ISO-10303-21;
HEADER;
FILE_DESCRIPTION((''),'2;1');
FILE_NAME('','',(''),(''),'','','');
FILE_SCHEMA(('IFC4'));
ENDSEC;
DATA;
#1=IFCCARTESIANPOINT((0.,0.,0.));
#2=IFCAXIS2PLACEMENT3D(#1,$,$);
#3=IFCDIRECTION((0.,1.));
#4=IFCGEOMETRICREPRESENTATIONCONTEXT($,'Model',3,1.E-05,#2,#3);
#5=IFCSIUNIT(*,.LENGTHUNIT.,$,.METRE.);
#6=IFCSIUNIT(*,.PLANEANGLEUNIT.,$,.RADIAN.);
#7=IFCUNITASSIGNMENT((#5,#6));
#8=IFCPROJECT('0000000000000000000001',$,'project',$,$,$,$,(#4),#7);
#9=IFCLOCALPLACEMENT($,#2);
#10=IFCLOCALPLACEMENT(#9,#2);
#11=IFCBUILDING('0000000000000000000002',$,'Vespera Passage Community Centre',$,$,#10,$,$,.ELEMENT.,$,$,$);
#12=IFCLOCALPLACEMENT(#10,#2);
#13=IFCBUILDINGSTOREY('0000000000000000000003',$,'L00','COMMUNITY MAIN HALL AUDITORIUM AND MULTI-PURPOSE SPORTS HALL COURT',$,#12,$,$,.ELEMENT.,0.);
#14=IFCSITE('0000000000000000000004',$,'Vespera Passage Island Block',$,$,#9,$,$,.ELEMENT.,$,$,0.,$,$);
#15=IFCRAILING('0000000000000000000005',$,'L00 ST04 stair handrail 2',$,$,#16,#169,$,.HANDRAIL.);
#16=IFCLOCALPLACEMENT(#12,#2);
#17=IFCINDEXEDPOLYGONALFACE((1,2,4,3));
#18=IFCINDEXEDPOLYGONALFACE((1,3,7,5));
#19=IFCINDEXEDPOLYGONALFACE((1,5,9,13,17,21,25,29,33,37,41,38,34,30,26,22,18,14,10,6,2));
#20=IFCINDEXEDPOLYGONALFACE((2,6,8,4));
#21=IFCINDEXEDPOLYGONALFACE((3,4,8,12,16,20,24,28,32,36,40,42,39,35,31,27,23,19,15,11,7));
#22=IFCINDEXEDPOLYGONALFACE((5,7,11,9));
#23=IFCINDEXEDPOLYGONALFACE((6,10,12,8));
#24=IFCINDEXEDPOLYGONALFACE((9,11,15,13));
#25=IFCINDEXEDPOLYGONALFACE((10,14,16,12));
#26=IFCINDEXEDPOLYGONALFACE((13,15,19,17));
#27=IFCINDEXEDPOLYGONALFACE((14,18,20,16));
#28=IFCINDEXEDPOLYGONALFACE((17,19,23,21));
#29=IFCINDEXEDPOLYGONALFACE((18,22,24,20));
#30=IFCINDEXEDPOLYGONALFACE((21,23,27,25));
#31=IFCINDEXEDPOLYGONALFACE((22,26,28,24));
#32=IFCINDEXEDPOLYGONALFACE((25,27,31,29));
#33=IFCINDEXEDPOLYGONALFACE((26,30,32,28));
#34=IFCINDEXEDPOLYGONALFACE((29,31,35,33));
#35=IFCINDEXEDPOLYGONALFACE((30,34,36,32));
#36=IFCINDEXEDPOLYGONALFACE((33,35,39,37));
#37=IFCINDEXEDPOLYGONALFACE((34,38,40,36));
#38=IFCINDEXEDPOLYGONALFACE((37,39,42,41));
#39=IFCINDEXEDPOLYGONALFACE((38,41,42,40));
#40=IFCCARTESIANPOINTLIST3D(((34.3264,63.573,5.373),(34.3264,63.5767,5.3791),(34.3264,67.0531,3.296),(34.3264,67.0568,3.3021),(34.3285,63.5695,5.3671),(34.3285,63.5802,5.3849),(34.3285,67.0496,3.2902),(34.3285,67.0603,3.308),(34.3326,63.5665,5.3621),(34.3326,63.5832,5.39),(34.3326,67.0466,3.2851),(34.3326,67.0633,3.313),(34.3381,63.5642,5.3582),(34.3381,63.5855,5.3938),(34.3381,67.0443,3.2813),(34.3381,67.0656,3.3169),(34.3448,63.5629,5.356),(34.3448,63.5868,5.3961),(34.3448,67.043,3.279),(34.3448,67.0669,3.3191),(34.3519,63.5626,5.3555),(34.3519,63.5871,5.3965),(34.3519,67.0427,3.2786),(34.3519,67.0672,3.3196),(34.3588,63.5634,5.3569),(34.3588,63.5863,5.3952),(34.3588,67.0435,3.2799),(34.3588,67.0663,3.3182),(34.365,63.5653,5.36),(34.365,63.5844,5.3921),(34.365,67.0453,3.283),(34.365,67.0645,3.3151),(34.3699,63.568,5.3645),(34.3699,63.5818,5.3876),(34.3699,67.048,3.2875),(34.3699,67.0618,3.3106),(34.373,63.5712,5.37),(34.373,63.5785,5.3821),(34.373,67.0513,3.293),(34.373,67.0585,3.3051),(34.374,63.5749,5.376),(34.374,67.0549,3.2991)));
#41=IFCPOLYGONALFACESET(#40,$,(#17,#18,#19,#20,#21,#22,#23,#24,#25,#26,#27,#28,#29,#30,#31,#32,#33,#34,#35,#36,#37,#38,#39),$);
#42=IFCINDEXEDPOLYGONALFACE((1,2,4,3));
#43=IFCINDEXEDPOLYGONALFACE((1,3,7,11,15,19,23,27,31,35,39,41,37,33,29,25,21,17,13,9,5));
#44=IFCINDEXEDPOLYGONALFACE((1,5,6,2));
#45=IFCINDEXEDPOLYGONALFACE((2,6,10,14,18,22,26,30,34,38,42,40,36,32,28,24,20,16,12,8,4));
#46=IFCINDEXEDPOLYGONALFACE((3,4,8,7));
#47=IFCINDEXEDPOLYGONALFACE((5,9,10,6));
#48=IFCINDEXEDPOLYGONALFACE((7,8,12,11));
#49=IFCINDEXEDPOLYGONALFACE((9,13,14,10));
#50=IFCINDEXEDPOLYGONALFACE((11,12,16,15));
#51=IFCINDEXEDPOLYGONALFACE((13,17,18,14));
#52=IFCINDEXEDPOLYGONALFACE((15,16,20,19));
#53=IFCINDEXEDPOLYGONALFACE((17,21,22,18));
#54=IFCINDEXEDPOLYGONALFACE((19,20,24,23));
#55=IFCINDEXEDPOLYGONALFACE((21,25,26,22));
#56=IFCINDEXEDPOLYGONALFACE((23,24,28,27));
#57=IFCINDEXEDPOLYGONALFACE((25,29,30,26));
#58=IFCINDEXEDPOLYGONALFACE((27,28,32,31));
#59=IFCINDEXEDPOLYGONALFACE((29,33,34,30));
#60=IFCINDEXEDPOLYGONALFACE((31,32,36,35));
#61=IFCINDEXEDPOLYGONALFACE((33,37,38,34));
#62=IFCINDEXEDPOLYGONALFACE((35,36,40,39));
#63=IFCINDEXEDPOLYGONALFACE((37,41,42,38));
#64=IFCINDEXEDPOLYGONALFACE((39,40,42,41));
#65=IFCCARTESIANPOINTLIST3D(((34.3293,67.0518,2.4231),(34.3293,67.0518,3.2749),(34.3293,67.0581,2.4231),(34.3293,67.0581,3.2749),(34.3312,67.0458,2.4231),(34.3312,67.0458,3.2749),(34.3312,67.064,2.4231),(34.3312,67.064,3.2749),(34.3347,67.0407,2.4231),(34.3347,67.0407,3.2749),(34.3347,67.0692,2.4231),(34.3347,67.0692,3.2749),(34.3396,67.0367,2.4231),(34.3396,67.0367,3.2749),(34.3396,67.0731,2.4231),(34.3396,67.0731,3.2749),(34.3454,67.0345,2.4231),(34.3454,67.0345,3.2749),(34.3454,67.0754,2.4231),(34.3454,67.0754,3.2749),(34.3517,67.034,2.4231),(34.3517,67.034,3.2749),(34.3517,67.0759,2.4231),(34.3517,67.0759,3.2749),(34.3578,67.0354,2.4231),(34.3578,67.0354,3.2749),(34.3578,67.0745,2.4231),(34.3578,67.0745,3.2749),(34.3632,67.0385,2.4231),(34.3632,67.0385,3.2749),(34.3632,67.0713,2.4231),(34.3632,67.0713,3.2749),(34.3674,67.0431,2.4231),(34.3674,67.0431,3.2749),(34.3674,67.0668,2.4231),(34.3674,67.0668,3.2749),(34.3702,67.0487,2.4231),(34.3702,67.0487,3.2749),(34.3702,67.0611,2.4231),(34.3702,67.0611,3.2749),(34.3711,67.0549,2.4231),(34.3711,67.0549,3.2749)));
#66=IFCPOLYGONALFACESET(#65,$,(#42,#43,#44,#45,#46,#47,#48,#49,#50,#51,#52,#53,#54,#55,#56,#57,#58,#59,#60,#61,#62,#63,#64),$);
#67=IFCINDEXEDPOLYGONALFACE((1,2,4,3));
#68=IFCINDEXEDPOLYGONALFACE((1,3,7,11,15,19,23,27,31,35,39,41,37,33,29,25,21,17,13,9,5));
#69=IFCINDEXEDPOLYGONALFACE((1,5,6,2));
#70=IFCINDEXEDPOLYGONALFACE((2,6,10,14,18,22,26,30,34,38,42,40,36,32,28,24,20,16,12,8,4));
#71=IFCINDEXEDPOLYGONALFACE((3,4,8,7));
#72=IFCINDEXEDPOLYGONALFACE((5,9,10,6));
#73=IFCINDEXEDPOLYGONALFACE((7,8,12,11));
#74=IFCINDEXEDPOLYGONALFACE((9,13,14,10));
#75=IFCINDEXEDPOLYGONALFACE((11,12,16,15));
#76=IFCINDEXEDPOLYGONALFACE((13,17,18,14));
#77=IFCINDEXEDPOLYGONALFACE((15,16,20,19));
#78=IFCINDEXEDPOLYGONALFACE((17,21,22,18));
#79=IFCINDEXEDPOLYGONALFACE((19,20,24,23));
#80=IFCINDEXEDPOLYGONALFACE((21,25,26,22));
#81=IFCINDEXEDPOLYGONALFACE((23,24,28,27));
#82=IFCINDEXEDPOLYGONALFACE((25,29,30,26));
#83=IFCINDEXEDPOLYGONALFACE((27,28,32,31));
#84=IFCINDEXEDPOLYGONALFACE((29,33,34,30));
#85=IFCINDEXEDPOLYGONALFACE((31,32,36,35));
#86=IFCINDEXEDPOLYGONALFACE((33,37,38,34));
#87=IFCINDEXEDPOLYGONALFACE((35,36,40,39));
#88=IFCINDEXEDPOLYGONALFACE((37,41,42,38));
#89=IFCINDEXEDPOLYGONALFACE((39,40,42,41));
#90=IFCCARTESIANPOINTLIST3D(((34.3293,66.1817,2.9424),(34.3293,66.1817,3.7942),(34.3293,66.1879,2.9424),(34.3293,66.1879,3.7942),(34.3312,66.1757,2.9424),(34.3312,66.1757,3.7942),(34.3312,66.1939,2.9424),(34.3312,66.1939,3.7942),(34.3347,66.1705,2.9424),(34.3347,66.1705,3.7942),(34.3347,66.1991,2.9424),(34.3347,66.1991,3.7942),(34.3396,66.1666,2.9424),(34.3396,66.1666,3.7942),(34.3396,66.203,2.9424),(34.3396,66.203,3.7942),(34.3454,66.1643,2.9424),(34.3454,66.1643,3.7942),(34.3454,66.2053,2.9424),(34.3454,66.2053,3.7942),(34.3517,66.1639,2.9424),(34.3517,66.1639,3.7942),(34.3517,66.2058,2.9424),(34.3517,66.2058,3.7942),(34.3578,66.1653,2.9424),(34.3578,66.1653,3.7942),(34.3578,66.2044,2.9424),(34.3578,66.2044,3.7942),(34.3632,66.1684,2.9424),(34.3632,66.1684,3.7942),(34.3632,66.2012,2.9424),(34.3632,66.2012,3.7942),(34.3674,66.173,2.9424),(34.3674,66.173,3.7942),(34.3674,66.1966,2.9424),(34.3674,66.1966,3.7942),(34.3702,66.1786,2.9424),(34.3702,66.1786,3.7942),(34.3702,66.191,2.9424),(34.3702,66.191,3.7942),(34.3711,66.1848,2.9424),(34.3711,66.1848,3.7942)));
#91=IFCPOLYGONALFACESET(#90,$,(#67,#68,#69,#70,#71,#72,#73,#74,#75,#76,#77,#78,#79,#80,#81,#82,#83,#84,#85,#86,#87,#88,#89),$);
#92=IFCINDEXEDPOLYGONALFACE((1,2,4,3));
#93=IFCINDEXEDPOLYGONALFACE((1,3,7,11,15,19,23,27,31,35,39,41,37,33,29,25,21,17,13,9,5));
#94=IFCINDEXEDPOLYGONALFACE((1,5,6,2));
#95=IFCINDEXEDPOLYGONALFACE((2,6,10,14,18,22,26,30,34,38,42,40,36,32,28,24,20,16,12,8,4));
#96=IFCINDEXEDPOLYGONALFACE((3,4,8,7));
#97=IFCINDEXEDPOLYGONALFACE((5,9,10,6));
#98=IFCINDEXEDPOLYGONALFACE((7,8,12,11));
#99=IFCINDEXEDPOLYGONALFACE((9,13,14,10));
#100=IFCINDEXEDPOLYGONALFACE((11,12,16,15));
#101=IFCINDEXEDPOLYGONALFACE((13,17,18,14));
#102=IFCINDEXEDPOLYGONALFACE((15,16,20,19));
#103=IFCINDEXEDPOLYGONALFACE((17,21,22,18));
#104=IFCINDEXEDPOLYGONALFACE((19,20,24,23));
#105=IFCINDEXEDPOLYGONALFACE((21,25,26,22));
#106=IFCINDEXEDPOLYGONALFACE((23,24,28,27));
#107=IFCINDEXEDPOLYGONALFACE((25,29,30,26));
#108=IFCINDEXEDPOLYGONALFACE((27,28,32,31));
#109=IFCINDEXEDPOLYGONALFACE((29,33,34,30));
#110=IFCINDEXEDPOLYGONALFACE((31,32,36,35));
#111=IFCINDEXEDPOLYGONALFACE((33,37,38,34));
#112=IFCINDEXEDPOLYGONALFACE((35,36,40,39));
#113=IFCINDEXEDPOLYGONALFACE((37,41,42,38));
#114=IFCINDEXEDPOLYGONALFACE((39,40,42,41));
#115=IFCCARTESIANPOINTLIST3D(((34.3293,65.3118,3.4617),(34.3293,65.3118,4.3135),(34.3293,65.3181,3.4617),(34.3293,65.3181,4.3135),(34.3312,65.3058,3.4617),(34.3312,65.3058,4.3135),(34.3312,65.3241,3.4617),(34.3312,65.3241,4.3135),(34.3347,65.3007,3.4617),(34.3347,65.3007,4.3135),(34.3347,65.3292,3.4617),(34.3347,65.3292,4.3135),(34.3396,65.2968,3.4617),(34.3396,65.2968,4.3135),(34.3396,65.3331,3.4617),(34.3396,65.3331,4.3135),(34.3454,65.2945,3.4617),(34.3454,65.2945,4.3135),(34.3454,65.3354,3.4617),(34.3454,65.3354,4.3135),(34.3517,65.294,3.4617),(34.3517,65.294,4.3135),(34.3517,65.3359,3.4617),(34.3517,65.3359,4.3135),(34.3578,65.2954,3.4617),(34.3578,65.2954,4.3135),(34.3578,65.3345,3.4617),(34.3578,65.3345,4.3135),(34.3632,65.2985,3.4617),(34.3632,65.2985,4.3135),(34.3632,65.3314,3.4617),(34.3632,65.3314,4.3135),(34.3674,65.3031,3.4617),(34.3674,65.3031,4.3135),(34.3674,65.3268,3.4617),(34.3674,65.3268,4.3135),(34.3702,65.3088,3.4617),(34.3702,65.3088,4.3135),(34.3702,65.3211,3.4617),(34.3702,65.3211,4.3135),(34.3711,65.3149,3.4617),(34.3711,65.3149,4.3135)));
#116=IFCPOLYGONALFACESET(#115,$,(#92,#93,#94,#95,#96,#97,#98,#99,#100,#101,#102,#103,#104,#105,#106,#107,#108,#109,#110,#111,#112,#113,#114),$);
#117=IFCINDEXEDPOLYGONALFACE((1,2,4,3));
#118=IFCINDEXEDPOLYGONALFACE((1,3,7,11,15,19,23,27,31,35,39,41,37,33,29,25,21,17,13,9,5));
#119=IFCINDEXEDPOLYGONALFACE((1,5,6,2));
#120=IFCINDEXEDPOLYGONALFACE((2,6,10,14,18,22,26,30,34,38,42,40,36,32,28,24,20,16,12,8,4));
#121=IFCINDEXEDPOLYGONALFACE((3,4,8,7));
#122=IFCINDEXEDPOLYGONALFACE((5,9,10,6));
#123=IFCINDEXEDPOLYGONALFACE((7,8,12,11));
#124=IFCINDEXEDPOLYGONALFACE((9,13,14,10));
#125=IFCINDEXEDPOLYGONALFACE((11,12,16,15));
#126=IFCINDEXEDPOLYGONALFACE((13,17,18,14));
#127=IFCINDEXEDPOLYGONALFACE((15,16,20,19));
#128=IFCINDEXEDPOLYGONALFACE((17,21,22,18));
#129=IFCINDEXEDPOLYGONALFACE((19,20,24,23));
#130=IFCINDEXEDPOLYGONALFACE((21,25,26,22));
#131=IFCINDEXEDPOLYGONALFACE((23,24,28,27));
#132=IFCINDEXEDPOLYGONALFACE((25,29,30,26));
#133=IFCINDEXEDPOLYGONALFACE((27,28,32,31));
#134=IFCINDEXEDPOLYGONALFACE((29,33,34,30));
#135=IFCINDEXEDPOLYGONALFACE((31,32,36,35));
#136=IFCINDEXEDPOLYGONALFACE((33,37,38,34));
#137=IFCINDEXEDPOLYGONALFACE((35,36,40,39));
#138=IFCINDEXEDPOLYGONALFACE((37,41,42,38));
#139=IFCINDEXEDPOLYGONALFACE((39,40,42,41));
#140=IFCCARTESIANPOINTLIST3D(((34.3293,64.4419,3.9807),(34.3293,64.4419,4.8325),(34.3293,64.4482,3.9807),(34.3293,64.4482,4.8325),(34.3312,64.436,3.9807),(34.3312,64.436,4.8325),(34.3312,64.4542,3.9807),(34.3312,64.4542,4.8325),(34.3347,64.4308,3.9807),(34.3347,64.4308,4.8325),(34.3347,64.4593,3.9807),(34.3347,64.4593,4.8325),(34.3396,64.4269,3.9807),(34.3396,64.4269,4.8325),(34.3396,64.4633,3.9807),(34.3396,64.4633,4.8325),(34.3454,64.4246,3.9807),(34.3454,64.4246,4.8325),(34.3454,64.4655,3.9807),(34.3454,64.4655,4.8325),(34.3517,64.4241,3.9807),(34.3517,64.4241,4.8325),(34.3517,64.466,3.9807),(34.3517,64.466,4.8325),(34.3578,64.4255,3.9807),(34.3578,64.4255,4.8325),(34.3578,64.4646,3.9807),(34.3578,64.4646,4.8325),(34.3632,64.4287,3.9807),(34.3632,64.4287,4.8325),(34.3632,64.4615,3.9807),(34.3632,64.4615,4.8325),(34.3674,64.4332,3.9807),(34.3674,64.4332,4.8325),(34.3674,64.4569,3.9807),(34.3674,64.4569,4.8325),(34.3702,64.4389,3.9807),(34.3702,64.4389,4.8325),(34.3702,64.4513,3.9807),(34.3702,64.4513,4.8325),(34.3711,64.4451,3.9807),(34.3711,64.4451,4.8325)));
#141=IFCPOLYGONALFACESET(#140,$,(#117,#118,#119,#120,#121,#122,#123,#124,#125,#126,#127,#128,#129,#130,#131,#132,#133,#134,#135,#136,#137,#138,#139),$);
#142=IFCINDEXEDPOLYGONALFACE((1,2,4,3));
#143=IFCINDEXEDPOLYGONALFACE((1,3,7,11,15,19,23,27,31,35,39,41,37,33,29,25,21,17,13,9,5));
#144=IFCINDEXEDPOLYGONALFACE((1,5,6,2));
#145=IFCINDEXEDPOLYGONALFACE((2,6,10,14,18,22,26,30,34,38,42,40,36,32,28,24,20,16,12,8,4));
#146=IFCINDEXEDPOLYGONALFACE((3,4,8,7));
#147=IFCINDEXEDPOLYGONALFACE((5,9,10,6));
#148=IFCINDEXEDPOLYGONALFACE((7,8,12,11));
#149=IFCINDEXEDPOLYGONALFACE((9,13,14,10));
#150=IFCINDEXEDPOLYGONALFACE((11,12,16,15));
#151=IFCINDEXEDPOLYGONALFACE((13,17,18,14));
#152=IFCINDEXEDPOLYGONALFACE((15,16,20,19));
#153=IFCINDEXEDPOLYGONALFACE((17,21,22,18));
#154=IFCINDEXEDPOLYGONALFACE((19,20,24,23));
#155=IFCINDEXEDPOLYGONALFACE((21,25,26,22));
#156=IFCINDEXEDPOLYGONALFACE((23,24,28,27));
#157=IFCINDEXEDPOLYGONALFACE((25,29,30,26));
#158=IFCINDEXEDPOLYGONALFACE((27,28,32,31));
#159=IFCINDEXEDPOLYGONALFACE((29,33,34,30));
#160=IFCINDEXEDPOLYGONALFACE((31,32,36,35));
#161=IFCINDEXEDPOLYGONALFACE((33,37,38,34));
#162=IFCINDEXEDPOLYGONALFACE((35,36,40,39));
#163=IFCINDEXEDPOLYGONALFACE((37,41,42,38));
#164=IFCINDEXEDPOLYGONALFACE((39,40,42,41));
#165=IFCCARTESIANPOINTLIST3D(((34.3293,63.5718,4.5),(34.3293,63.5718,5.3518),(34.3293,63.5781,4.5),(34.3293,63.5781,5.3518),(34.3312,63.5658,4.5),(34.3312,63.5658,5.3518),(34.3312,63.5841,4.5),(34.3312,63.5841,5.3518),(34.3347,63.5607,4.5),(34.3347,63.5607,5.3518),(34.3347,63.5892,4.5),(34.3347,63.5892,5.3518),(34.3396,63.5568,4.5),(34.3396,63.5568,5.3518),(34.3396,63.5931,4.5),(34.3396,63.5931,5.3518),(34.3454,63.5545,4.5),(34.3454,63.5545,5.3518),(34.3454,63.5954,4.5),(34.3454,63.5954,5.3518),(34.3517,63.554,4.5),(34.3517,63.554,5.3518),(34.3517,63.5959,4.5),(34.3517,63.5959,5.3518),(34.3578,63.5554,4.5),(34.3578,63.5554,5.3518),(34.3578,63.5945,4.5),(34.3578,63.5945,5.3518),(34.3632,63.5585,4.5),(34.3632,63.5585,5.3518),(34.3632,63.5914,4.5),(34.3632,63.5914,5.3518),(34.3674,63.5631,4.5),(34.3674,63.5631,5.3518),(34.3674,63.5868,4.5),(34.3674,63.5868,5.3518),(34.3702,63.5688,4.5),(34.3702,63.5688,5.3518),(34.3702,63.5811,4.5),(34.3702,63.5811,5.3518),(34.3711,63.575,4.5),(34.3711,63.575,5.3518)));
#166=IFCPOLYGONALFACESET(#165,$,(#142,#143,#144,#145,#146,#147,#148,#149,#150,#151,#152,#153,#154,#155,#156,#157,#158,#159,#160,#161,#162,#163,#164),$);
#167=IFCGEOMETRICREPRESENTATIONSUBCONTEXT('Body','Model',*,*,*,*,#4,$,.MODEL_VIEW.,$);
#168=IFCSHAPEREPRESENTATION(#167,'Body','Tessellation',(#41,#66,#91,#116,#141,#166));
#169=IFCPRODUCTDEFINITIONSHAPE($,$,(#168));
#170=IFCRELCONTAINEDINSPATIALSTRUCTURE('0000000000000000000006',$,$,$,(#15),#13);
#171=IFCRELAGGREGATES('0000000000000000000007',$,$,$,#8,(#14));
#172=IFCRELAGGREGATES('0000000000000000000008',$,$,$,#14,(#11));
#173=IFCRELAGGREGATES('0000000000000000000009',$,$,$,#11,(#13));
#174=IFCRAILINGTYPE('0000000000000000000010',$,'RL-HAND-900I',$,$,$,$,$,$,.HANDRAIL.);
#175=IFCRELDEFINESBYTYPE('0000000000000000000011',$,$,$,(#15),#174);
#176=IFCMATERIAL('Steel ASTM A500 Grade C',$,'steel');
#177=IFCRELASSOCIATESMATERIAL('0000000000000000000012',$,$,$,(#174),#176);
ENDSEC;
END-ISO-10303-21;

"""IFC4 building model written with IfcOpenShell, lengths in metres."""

from ifc_helpers import new_model, si_unit, direction, frame, origin, origin_2d, place, context, subcontext, project, spatial, circle, extrude, material, type_object, element, save


model = new_model("IFC4")

# Units and contexts
model_context = context("Model", 3, precision=1e-05, world=origin(), true_north=direction((0.0, 1.0)))
body_context = subcontext(model_context, "Body", "Model", "MODEL_VIEW")
ifc_project = project(units=[si_unit("LENGTHUNIT", "METRE"), si_unit("PLANEANGLEUNIT", "RADIAN")], contexts=[model_context])

# Site, building, storey
site_placement = place(None, origin())
site = spatial("IfcSite", under=ifc_project, at=site_placement, Name="Vespera Passage Island Block", CompositionType="ELEMENT", RefElevation=0.0)
building_placement = place(site_placement, origin())
building = spatial("IfcBuilding", under=site, at=building_placement, Name="Vespera Passage Community Centre", CompositionType="ELEMENT")
storey_placement = place(building_placement, origin())
storey = spatial("IfcBuildingStorey", under=building, at=storey_placement, Name="L00", Description="COMMUNITY MAIN HALL AUDITORIUM AND MULTI-PURPOSE SPORTS HALL COURT", CompositionType="ELEMENT", Elevation=0.0)

# Railing
ifc_material_1 = material(Name="Steel ASTM A500 Grade C", Category="steel")
railing_type = type_object("IfcRailingType", Name="RL-HAND-900I", PredefinedType="HANDRAIL", material=ifc_material_1)
railing_placement = place(storey_placement, frame((34.3501, 67.0549, 2.4231)))
element("IfcRailing", 1, at=railing_placement, inside=storey, type_object=railing_type, Name="L00 ST04 stair handrail 2", PredefinedType="HANDRAIL", context=body_context, shape_type="SweptSolid", body=[
    extrude(circle(Radius=0.0239, at=origin_2d()), frame((0.0, 0.0, 0.876), z_axis=(0.0, -0.858697, 0.512483), x_axis=(1.0, 0.0, 0.0)), (0.0, 0.0, 1.0), 4.0527),
    extrude(circle(Radius=0.021, at=origin_2d()), origin(), (0.0, 0.0, 1.0), 0.8518),
    extrude(circle(Radius=0.021, at=origin_2d()), frame((0.0, -0.8701, 0.5193)), (0.0, 0.0, 1.0), 0.8518),
    extrude(circle(Radius=0.021, at=origin_2d()), frame((0.0, -1.74, 1.0386)), (0.0, 0.0, 1.0), 0.8518),
    extrude(circle(Radius=0.021, at=origin_2d()), frame((0.0, -2.6099, 1.5576)), (0.0, 0.0, 1.0), 0.8518),
    extrude(circle(Radius=0.021, at=origin_2d()), frame((0.0, -3.48, 2.0769)), (0.0, 0.0, 1.0), 0.8518),
])

save(model, "model.ifc")
